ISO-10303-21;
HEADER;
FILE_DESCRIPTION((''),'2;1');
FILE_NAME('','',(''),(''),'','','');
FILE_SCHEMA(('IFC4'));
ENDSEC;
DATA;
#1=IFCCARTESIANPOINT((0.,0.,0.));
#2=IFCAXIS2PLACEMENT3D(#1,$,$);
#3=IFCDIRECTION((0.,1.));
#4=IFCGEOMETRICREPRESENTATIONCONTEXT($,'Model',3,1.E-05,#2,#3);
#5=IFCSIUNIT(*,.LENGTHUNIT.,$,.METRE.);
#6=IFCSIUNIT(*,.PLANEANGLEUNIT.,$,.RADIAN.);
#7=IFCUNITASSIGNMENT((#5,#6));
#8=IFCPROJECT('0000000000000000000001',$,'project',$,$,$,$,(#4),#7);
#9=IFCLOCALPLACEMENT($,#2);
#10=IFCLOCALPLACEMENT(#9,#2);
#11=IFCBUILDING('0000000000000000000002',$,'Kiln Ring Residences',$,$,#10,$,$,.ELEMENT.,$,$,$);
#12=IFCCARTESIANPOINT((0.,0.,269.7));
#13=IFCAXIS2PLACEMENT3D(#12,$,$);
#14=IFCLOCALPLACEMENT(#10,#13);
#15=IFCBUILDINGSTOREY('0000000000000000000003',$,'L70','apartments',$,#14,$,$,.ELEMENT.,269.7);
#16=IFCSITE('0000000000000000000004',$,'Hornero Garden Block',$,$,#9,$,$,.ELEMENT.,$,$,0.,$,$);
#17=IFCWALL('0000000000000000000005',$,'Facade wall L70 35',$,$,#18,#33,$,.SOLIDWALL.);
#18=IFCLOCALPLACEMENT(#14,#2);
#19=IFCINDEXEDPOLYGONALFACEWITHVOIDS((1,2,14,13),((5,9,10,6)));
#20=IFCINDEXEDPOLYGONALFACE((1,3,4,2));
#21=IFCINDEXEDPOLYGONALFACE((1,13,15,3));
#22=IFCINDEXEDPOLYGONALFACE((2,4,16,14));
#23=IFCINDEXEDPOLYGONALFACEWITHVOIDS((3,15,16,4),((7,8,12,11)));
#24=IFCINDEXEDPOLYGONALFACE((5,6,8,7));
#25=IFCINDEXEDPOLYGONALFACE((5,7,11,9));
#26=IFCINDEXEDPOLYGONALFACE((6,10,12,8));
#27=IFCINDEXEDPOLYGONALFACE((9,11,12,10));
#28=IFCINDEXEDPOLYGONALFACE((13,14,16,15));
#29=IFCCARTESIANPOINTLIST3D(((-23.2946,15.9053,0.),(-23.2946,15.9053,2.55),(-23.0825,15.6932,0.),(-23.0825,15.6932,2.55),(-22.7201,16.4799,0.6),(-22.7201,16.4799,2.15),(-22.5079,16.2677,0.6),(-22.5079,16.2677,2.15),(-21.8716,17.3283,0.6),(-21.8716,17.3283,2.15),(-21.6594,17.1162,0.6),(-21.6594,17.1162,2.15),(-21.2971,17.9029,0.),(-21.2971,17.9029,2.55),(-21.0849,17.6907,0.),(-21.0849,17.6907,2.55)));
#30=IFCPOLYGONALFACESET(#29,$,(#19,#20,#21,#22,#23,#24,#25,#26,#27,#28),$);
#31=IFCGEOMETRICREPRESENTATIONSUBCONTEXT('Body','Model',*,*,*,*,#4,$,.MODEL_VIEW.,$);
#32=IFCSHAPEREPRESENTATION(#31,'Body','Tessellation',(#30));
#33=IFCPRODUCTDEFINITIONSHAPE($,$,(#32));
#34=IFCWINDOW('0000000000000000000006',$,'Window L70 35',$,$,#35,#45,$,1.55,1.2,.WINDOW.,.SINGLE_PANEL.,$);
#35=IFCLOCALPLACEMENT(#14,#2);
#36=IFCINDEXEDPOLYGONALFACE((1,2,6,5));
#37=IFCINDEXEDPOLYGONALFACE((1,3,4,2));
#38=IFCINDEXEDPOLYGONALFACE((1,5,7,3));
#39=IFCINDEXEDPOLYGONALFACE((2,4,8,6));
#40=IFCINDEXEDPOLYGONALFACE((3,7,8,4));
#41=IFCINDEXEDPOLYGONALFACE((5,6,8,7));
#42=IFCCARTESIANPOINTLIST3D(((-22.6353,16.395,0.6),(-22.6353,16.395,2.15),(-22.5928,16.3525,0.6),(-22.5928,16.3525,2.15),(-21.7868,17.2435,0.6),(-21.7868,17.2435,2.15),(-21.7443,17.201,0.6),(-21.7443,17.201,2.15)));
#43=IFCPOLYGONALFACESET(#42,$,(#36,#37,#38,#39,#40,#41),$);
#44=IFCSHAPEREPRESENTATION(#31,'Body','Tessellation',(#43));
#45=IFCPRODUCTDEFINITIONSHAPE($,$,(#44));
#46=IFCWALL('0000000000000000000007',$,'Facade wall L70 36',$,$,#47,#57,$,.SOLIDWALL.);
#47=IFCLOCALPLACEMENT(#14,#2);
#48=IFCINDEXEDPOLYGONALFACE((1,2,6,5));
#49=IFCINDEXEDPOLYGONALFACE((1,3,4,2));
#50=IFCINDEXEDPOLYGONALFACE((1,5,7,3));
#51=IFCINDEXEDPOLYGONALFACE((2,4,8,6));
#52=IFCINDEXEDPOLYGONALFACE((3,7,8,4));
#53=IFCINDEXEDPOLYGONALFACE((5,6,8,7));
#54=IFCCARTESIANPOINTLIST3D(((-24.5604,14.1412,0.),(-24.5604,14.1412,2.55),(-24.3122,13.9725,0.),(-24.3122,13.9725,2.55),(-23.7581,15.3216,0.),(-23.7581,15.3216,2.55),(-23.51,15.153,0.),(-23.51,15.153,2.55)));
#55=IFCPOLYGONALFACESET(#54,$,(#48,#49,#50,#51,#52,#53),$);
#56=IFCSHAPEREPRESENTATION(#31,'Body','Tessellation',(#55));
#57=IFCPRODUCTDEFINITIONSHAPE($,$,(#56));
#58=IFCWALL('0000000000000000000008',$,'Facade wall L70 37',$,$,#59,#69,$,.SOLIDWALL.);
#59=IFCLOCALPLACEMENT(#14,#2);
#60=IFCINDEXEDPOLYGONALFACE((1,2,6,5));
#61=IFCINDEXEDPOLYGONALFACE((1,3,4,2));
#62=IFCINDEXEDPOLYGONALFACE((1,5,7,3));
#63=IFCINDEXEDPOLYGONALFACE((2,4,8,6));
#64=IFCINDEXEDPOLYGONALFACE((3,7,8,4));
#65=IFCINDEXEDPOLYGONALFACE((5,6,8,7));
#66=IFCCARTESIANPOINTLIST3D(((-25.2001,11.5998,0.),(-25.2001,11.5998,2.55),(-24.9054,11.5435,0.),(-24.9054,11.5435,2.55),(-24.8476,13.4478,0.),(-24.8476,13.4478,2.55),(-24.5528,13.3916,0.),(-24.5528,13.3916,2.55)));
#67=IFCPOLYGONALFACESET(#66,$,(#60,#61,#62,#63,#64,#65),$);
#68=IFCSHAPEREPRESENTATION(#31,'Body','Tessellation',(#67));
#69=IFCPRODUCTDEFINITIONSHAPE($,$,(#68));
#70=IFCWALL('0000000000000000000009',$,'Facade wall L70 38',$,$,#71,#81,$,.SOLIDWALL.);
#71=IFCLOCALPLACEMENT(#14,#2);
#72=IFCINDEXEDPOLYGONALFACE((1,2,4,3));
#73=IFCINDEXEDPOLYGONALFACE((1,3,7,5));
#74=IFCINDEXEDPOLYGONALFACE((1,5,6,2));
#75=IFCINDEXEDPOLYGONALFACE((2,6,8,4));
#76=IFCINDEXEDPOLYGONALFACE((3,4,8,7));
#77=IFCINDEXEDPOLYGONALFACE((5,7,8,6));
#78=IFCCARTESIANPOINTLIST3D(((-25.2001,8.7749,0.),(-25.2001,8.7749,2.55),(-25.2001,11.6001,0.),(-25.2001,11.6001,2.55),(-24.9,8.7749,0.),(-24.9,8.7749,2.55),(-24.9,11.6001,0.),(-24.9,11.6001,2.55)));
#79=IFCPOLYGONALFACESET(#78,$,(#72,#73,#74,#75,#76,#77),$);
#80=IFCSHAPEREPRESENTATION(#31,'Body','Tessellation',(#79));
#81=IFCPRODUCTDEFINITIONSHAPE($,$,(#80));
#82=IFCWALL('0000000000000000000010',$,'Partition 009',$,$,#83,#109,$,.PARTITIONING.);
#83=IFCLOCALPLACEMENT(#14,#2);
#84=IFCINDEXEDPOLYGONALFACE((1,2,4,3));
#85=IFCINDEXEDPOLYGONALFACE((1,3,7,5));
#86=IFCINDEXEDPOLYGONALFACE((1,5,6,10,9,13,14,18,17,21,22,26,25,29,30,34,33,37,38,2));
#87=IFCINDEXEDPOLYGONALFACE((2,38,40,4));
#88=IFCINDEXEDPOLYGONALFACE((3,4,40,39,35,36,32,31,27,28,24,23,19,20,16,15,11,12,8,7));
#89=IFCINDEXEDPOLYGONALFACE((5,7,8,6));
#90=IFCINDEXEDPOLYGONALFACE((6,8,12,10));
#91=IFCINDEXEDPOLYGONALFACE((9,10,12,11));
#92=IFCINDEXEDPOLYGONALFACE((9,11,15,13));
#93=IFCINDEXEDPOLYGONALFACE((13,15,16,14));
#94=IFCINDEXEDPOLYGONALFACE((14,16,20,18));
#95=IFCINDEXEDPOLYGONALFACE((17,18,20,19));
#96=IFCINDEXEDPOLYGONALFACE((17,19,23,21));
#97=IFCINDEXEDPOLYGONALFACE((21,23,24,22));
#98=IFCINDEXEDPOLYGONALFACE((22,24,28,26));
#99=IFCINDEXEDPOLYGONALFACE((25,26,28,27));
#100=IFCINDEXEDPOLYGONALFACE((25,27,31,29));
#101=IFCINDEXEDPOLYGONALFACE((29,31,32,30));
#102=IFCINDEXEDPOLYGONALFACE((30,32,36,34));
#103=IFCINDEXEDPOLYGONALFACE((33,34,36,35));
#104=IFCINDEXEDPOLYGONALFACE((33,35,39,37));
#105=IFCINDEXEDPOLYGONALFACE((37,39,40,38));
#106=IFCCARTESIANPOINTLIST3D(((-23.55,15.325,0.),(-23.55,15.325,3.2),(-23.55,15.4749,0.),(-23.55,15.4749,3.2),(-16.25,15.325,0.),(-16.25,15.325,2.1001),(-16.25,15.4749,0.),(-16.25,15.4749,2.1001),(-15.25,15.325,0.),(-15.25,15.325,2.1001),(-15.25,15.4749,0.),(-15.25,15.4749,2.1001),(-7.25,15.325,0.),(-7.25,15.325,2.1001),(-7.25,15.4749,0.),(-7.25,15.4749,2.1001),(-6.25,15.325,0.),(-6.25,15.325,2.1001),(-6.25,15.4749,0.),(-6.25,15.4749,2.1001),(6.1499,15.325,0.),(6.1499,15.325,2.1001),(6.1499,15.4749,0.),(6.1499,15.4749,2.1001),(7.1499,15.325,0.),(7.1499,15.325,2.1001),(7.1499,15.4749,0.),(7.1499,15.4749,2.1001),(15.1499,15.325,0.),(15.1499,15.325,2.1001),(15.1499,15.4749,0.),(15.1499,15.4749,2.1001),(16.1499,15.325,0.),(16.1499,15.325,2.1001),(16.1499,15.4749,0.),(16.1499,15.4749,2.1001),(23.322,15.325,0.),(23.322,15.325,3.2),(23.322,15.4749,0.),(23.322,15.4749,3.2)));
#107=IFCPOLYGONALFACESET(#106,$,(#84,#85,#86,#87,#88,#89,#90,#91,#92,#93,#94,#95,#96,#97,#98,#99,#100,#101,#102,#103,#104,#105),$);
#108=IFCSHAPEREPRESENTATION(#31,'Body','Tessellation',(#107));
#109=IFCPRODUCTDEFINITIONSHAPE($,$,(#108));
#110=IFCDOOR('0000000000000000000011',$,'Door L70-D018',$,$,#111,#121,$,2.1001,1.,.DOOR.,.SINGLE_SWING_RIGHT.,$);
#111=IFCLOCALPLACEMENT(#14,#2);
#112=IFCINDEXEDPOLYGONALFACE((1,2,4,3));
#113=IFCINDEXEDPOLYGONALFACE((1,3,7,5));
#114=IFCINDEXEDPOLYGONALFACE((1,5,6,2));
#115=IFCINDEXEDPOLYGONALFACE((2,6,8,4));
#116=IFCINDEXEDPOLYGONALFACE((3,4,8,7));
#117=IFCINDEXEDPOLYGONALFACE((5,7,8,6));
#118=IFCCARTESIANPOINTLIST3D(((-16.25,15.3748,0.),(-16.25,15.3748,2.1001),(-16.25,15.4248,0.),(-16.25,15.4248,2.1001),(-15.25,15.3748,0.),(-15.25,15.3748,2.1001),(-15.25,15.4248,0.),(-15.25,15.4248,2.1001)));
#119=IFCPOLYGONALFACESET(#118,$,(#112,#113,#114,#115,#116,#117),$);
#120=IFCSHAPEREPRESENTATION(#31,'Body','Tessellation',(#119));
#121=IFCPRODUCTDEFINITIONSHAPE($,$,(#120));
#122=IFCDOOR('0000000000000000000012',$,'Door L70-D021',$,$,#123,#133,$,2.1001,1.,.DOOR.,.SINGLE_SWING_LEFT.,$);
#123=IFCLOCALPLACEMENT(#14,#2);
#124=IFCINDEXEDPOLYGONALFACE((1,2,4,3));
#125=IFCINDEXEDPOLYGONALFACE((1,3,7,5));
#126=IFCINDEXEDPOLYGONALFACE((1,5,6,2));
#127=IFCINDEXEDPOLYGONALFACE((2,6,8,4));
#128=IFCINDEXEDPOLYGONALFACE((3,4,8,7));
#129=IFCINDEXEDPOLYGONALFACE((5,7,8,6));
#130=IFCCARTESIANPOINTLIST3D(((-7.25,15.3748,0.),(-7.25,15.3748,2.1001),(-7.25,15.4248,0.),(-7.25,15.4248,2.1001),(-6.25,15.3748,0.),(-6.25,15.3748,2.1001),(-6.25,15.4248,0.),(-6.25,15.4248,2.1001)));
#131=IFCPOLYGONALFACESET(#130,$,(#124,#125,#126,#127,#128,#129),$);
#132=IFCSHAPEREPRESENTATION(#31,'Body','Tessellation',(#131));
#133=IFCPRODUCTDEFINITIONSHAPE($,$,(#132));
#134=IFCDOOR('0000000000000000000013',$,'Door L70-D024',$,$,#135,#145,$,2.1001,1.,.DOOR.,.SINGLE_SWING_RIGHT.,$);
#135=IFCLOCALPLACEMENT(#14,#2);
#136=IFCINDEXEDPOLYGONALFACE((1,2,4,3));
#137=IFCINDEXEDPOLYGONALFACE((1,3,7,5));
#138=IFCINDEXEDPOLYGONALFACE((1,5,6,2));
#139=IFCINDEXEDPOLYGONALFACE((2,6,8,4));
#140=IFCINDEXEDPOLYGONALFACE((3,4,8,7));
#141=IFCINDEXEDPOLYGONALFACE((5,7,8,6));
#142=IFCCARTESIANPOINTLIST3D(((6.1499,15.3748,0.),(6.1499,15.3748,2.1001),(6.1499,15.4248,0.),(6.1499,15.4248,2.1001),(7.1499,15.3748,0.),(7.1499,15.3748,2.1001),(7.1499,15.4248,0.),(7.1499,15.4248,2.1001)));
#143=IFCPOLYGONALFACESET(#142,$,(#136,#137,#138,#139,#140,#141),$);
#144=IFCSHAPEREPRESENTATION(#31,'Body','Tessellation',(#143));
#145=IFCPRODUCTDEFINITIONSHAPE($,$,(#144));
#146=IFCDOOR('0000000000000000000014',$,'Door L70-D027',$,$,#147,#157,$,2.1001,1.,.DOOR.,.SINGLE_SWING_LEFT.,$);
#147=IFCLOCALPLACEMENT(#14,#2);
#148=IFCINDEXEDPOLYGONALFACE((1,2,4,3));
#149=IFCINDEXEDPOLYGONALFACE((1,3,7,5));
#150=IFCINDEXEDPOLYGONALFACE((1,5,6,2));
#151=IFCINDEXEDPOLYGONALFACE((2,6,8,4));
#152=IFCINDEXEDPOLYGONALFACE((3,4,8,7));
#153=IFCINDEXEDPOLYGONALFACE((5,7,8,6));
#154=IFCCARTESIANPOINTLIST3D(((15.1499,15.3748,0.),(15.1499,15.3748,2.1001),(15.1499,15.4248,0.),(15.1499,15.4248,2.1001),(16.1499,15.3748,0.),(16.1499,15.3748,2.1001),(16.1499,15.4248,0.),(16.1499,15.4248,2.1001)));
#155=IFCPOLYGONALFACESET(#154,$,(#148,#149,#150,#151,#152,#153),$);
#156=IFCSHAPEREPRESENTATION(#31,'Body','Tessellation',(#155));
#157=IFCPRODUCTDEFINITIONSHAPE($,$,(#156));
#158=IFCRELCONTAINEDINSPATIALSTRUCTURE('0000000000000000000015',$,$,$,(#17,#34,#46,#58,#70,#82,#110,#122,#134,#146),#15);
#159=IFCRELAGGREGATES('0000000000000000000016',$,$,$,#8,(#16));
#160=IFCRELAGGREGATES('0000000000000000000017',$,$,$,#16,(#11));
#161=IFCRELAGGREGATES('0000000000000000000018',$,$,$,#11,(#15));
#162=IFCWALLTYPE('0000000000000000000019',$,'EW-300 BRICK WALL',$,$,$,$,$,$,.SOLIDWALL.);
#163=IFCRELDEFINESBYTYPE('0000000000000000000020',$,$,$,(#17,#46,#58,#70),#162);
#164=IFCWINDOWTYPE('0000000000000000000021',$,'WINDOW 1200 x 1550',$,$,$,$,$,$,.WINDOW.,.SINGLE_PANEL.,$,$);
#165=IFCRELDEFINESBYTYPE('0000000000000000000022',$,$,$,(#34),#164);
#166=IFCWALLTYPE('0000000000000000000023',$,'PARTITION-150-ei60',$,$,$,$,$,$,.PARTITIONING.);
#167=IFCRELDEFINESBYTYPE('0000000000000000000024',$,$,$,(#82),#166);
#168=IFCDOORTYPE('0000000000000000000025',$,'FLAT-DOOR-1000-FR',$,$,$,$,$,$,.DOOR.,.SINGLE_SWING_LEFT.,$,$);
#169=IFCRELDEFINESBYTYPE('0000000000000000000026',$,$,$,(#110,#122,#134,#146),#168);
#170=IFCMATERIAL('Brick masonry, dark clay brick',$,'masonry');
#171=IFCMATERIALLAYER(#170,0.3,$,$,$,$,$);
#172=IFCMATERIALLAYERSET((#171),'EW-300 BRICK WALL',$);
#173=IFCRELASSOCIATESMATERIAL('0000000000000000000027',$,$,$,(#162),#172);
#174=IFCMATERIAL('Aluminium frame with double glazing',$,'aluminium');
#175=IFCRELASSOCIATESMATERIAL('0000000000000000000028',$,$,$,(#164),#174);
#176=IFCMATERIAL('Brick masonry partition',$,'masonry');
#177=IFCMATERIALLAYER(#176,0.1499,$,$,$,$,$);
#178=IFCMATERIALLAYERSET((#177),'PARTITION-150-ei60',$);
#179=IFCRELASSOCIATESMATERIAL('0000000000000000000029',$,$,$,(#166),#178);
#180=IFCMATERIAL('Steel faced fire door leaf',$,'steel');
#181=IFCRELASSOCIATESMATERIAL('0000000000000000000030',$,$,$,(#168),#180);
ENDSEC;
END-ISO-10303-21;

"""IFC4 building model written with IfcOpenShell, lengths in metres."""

from ifc_helpers import new_model, si_unit, direction, frame, frame_2d, origin, place, context, subcontext, project, spatial, rectangle, extrude, material, layer, layer_set, type_object, element, fill, save


model = new_model("IFC4")

# Units and contexts
model_context = context("Model", 3, precision=1e-05, world=origin(), true_north=direction((0.0, 1.0)))
body_context = subcontext(model_context, "Body", "Model", "MODEL_VIEW")
ifc_project = project(units=[si_unit("LENGTHUNIT", "METRE"), si_unit("PLANEANGLEUNIT", "RADIAN")], contexts=[model_context])

# Site, building, storey
site_placement = place(None, origin())
site = spatial("IfcSite", under=ifc_project, at=site_placement, Name="Hornero Garden Block", CompositionType="ELEMENT", RefElevation=0.0)
building_placement = place(site_placement, origin())
building = spatial("IfcBuilding", under=site, at=building_placement, Name="Kiln Ring Residences", CompositionType="ELEMENT")
storey_placement = place(building_placement, frame((0.0, 0.0, 269.7)))
storey = spatial("IfcBuildingStorey", under=building, at=storey_placement, Name="L70", Description="apartments", CompositionType="ELEMENT", Elevation=269.7)

# Wall, opening, window
ifc_material_1 = material(Name="Brick masonry, dark clay brick", Category="masonry")
ifc_layer_1 = layer(ifc_material_1, 0.3)
ifc_layer_set_1 = layer_set([ifc_layer_1], Name="EW-300 BRICK WALL")
wall_type_1 = type_object("IfcWallType", Name="EW-300 BRICK WALL", PredefinedType="SOLIDWALL", material=ifc_layer_set_1)
wall_1_placement = place(storey_placement, frame((-21.1909, 17.7969, 0.0), z_axis=(0.0, 0.0, 1.0), x_axis=(-0.707107, -0.707107, 0.0)))
wall_1 = element("IfcWall", 1, at=wall_1_placement, inside=storey, type_object=wall_type_1, Name="Facade wall L70 35", PredefinedType="SOLIDWALL", context=body_context, shape_type="SweptSolid", body=[
    extrude(rectangle(XDim=2.825, YDim=0.3, at=frame_2d((1.4126, 0.0))), origin(), (0.0, 0.0, 1.0), 2.55),
])
opening_1_placement = place(wall_1_placement, frame((0.8125, 0.0, 0.6001)))
opening_1 = element("IfcOpeningElement", 2, at=opening_1_placement, cuts=wall_1, PredefinedType="OPENING", context=body_context, shape_type="SweptSolid", body=[
    extrude(rectangle(XDim=1.2, YDim=1.55, at=frame_2d((0.6001, 0.7749))), frame((0.0, 0.1599, 0.0), z_axis=(0.0, -1.0, 0.0), x_axis=(1.0, 0.0, 0.0)), (0.0, 0.0, 1.0), 0.3201),
])
ifc_material_2 = material(Name="Aluminium frame with double glazing", Category="aluminium")
window_type_1 = type_object("IfcWindowType", Name="WINDOW 1200 x 1550", PartitioningType="SINGLE_PANEL", PredefinedType="WINDOW", material=ifc_material_2)
window_1_placement = place(opening_1_placement, origin())
window_1 = element("IfcWindow", 3, at=window_1_placement, inside=storey, type_object=window_type_1, Name="Window L70 35", OverallHeight=1.55, OverallWidth=1.2, PartitioningType="SINGLE_PANEL", PredefinedType="WINDOW", context=body_context, shape_type="SweptSolid", body=[
    extrude(rectangle(XDim=1.2, YDim=1.55, at=frame_2d((0.6001, 0.7749))), frame((0.0, 0.03, 0.0), z_axis=(0.0, -1.0, 0.0), x_axis=(1.0, 0.0, 0.0)), (0.0, 0.0, 1.0), 0.0601),
])
fill(opening_1, window_1)

# Walls
wall_2_placement = place(storey_placement, frame((-23.634, 15.2373, 0.0), z_axis=(0.0, 0.0, 1.0), x_axis=(-0.562099, -0.82707, 0.0)))
element("IfcWall", 4, at=wall_2_placement, inside=storey, type_object=wall_type_1, Name="Facade wall L70 36", PredefinedType="SOLIDWALL", context=body_context, shape_type="SweptSolid", body=[
    extrude(rectangle(XDim=1.4272, YDim=0.3, at=frame_2d((0.7136, 0.0))), origin(), (0.0, 0.0, 1.0), 2.55),
])
wall_3_placement = place(storey_placement, frame((-24.7002, 13.4197, 0.0), z_axis=(0.0, 0.0, 1.0), x_axis=(-0.187398, -0.982284, 0.0)))
element("IfcWall", 5, at=wall_3_placement, inside=storey, type_object=wall_type_1, Name="Facade wall L70 37", PredefinedType="SOLIDWALL", context=body_context, shape_type="SweptSolid", body=[
    extrude(rectangle(XDim=1.8813, YDim=0.3, at=frame_2d((0.9407, 0.0))), origin(), (0.0, 0.0, 1.0), 2.55),
])
wall_4_placement = place(storey_placement, frame((-25.05, 11.6001, 0.0), z_axis=(0.0, 0.0, 1.0), x_axis=(0.0, -1.0, 0.0)))
element("IfcWall", 6, at=wall_4_placement, inside=storey, type_object=wall_type_1, Name="Facade wall L70 38", PredefinedType="SOLIDWALL", context=body_context, shape_type="SweptSolid", body=[
    extrude(rectangle(XDim=2.8252, YDim=0.3, at=frame_2d((1.4126, 0.0))), origin(), (0.0, 0.0, 1.0), 2.55),
])

# Wall, openings, doors
ifc_material_3 = material(Name="Brick masonry partition", Category="masonry")
ifc_layer_2 = layer(ifc_material_3, 0.1499)
ifc_layer_set_2 = layer_set([ifc_layer_2], Name="PARTITION-150-ei60")
wall_type_2 = type_object("IfcWallType", Name="PARTITION-150-ei60", PredefinedType="PARTITIONING", material=ifc_layer_set_2)
wall_5_placement = place(storey_placement, frame((-23.55, 15.3999, 0.0), z_axis=(0.0, 0.0, 1.0), x_axis=(1.0, 0.0, 0.0)))
wall_5 = element("IfcWall", 7, at=wall_5_placement, inside=storey, type_object=wall_type_2, Name="Partition 009", PredefinedType="PARTITIONING", context=body_context, shape_type="SweptSolid", body=[
    extrude(rectangle(XDim=46.8721, YDim=0.1499, at=frame_2d((23.436, 0.0))), origin(), (0.0, 0.0, 1.0), 3.2),
])
opening_2_placement = place(wall_5_placement, frame((7.3, 0.0, 0.0)))
opening_2 = element("IfcOpeningElement", 8, at=opening_2_placement, cuts=wall_5, PredefinedType="OPENING", context=body_context, shape_type="SweptSolid", body=[
    extrude(rectangle(XDim=1.0, YDim=2.1001, at=frame_2d((0.5, 1.05))), frame((0.0, 0.085, 0.0), z_axis=(0.0, -1.0, 0.0), x_axis=(1.0, 0.0, 0.0)), (0.0, 0.0, 1.0), 0.1699),
])
opening_3_placement = place(wall_5_placement, frame((16.3, 0.0, 0.0)))
opening_3 = element("IfcOpeningElement", 9, at=opening_3_placement, cuts=wall_5, PredefinedType="OPENING", context=body_context, shape_type="SweptSolid", body=[
    extrude(rectangle(XDim=1.0, YDim=2.1001, at=frame_2d((0.5, 1.05))), frame((0.0, 0.085, 0.0), z_axis=(0.0, -1.0, 0.0), x_axis=(1.0, 0.0, 0.0)), (0.0, 0.0, 1.0), 0.1699),
])
opening_4_placement = place(wall_5_placement, frame((29.7, 0.0, 0.0)))
opening_4 = element("IfcOpeningElement", 10, at=opening_4_placement, cuts=wall_5, PredefinedType="OPENING", context=body_context, shape_type="SweptSolid", body=[
    extrude(rectangle(XDim=1.0, YDim=2.1001, at=frame_2d((0.5, 1.05))), frame((0.0, 0.085, 0.0), z_axis=(0.0, -1.0, 0.0), x_axis=(1.0, 0.0, 0.0)), (0.0, 0.0, 1.0), 0.1699),
])
opening_5_placement = place(wall_5_placement, frame((38.7, 0.0, 0.0)))
opening_5 = element("IfcOpeningElement", 11, at=opening_5_placement, cuts=wall_5, PredefinedType="OPENING", context=body_context, shape_type="SweptSolid", body=[
    extrude(rectangle(XDim=1.0, YDim=2.1001, at=frame_2d((0.5, 1.05))), frame((0.0, 0.085, 0.0), z_axis=(0.0, -1.0, 0.0), x_axis=(1.0, 0.0, 0.0)), (0.0, 0.0, 1.0), 0.1699),
])
ifc_material_4 = material(Name="Steel faced fire door leaf", Category="steel")
door_type_1 = type_object("IfcDoorType", Name="FLAT-DOOR-1000-FR", OperationType="SINGLE_SWING_LEFT", PredefinedType="DOOR", material=ifc_material_4)
door_1_placement = place(opening_2_placement, origin())
door_1 = element("IfcDoor", 12, at=door_1_placement, inside=storey, type_object=door_type_1, Name="Door L70-D018", OperationType="SINGLE_SWING_RIGHT", OverallHeight=2.1001, OverallWidth=1.0, PredefinedType="DOOR", context=body_context, shape_type="SweptSolid", body=[
    extrude(rectangle(XDim=1.0, YDim=2.1001, at=frame_2d((0.5, 1.05))), frame((0.0, 0.0249, 0.0), z_axis=(0.0, -1.0, 0.0), x_axis=(1.0, 0.0, 0.0)), (0.0, 0.0, 1.0), 0.05),
])
fill(opening_2, door_1)
door_2_placement = place(opening_3_placement, origin())
door_2 = element("IfcDoor", 13, at=door_2_placement, inside=storey, type_object=door_type_1, Name="Door L70-D021", OperationType="SINGLE_SWING_LEFT", OverallHeight=2.1001, OverallWidth=1.0, PredefinedType="DOOR", context=body_context, shape_type="SweptSolid", body=[
    extrude(rectangle(XDim=1.0, YDim=2.1001, at=frame_2d((0.5, 1.05))), frame((0.0, 0.0249, 0.0), z_axis=(0.0, -1.0, 0.0), x_axis=(1.0, 0.0, 0.0)), (0.0, 0.0, 1.0), 0.05),
])
fill(opening_3, door_2)
door_3_placement = place(opening_4_placement, origin())
door_3 = element("IfcDoor", 14, at=door_3_placement, inside=storey, type_object=door_type_1, Name="Door L70-D024", OperationType="SINGLE_SWING_RIGHT", OverallHeight=2.1001, OverallWidth=1.0, PredefinedType="DOOR", context=body_context, shape_type="SweptSolid", body=[
    extrude(rectangle(XDim=1.0, YDim=2.1001, at=frame_2d((0.5, 1.05))), frame((0.0, 0.0249, 0.0), z_axis=(0.0, -1.0, 0.0), x_axis=(1.0, 0.0, 0.0)), (0.0, 0.0, 1.0), 0.05),
])
fill(opening_4, door_3)
door_4_placement = place(opening_5_placement, origin())
door_4 = element("IfcDoor", 15, at=door_4_placement, inside=storey, type_object=door_type_1, Name="Door L70-D027", OperationType="SINGLE_SWING_LEFT", OverallHeight=2.1001, OverallWidth=1.0, PredefinedType="DOOR", context=body_context, shape_type="SweptSolid", body=[
    extrude(rectangle(XDim=1.0, YDim=2.1001, at=frame_2d((0.5, 1.05))), frame((0.0, 0.0249, 0.0), z_axis=(0.0, -1.0, 0.0), x_axis=(1.0, 0.0, 0.0)), (0.0, 0.0, 1.0), 0.05),
])
fill(opening_5, door_4)

save(model, "model.ifc")
